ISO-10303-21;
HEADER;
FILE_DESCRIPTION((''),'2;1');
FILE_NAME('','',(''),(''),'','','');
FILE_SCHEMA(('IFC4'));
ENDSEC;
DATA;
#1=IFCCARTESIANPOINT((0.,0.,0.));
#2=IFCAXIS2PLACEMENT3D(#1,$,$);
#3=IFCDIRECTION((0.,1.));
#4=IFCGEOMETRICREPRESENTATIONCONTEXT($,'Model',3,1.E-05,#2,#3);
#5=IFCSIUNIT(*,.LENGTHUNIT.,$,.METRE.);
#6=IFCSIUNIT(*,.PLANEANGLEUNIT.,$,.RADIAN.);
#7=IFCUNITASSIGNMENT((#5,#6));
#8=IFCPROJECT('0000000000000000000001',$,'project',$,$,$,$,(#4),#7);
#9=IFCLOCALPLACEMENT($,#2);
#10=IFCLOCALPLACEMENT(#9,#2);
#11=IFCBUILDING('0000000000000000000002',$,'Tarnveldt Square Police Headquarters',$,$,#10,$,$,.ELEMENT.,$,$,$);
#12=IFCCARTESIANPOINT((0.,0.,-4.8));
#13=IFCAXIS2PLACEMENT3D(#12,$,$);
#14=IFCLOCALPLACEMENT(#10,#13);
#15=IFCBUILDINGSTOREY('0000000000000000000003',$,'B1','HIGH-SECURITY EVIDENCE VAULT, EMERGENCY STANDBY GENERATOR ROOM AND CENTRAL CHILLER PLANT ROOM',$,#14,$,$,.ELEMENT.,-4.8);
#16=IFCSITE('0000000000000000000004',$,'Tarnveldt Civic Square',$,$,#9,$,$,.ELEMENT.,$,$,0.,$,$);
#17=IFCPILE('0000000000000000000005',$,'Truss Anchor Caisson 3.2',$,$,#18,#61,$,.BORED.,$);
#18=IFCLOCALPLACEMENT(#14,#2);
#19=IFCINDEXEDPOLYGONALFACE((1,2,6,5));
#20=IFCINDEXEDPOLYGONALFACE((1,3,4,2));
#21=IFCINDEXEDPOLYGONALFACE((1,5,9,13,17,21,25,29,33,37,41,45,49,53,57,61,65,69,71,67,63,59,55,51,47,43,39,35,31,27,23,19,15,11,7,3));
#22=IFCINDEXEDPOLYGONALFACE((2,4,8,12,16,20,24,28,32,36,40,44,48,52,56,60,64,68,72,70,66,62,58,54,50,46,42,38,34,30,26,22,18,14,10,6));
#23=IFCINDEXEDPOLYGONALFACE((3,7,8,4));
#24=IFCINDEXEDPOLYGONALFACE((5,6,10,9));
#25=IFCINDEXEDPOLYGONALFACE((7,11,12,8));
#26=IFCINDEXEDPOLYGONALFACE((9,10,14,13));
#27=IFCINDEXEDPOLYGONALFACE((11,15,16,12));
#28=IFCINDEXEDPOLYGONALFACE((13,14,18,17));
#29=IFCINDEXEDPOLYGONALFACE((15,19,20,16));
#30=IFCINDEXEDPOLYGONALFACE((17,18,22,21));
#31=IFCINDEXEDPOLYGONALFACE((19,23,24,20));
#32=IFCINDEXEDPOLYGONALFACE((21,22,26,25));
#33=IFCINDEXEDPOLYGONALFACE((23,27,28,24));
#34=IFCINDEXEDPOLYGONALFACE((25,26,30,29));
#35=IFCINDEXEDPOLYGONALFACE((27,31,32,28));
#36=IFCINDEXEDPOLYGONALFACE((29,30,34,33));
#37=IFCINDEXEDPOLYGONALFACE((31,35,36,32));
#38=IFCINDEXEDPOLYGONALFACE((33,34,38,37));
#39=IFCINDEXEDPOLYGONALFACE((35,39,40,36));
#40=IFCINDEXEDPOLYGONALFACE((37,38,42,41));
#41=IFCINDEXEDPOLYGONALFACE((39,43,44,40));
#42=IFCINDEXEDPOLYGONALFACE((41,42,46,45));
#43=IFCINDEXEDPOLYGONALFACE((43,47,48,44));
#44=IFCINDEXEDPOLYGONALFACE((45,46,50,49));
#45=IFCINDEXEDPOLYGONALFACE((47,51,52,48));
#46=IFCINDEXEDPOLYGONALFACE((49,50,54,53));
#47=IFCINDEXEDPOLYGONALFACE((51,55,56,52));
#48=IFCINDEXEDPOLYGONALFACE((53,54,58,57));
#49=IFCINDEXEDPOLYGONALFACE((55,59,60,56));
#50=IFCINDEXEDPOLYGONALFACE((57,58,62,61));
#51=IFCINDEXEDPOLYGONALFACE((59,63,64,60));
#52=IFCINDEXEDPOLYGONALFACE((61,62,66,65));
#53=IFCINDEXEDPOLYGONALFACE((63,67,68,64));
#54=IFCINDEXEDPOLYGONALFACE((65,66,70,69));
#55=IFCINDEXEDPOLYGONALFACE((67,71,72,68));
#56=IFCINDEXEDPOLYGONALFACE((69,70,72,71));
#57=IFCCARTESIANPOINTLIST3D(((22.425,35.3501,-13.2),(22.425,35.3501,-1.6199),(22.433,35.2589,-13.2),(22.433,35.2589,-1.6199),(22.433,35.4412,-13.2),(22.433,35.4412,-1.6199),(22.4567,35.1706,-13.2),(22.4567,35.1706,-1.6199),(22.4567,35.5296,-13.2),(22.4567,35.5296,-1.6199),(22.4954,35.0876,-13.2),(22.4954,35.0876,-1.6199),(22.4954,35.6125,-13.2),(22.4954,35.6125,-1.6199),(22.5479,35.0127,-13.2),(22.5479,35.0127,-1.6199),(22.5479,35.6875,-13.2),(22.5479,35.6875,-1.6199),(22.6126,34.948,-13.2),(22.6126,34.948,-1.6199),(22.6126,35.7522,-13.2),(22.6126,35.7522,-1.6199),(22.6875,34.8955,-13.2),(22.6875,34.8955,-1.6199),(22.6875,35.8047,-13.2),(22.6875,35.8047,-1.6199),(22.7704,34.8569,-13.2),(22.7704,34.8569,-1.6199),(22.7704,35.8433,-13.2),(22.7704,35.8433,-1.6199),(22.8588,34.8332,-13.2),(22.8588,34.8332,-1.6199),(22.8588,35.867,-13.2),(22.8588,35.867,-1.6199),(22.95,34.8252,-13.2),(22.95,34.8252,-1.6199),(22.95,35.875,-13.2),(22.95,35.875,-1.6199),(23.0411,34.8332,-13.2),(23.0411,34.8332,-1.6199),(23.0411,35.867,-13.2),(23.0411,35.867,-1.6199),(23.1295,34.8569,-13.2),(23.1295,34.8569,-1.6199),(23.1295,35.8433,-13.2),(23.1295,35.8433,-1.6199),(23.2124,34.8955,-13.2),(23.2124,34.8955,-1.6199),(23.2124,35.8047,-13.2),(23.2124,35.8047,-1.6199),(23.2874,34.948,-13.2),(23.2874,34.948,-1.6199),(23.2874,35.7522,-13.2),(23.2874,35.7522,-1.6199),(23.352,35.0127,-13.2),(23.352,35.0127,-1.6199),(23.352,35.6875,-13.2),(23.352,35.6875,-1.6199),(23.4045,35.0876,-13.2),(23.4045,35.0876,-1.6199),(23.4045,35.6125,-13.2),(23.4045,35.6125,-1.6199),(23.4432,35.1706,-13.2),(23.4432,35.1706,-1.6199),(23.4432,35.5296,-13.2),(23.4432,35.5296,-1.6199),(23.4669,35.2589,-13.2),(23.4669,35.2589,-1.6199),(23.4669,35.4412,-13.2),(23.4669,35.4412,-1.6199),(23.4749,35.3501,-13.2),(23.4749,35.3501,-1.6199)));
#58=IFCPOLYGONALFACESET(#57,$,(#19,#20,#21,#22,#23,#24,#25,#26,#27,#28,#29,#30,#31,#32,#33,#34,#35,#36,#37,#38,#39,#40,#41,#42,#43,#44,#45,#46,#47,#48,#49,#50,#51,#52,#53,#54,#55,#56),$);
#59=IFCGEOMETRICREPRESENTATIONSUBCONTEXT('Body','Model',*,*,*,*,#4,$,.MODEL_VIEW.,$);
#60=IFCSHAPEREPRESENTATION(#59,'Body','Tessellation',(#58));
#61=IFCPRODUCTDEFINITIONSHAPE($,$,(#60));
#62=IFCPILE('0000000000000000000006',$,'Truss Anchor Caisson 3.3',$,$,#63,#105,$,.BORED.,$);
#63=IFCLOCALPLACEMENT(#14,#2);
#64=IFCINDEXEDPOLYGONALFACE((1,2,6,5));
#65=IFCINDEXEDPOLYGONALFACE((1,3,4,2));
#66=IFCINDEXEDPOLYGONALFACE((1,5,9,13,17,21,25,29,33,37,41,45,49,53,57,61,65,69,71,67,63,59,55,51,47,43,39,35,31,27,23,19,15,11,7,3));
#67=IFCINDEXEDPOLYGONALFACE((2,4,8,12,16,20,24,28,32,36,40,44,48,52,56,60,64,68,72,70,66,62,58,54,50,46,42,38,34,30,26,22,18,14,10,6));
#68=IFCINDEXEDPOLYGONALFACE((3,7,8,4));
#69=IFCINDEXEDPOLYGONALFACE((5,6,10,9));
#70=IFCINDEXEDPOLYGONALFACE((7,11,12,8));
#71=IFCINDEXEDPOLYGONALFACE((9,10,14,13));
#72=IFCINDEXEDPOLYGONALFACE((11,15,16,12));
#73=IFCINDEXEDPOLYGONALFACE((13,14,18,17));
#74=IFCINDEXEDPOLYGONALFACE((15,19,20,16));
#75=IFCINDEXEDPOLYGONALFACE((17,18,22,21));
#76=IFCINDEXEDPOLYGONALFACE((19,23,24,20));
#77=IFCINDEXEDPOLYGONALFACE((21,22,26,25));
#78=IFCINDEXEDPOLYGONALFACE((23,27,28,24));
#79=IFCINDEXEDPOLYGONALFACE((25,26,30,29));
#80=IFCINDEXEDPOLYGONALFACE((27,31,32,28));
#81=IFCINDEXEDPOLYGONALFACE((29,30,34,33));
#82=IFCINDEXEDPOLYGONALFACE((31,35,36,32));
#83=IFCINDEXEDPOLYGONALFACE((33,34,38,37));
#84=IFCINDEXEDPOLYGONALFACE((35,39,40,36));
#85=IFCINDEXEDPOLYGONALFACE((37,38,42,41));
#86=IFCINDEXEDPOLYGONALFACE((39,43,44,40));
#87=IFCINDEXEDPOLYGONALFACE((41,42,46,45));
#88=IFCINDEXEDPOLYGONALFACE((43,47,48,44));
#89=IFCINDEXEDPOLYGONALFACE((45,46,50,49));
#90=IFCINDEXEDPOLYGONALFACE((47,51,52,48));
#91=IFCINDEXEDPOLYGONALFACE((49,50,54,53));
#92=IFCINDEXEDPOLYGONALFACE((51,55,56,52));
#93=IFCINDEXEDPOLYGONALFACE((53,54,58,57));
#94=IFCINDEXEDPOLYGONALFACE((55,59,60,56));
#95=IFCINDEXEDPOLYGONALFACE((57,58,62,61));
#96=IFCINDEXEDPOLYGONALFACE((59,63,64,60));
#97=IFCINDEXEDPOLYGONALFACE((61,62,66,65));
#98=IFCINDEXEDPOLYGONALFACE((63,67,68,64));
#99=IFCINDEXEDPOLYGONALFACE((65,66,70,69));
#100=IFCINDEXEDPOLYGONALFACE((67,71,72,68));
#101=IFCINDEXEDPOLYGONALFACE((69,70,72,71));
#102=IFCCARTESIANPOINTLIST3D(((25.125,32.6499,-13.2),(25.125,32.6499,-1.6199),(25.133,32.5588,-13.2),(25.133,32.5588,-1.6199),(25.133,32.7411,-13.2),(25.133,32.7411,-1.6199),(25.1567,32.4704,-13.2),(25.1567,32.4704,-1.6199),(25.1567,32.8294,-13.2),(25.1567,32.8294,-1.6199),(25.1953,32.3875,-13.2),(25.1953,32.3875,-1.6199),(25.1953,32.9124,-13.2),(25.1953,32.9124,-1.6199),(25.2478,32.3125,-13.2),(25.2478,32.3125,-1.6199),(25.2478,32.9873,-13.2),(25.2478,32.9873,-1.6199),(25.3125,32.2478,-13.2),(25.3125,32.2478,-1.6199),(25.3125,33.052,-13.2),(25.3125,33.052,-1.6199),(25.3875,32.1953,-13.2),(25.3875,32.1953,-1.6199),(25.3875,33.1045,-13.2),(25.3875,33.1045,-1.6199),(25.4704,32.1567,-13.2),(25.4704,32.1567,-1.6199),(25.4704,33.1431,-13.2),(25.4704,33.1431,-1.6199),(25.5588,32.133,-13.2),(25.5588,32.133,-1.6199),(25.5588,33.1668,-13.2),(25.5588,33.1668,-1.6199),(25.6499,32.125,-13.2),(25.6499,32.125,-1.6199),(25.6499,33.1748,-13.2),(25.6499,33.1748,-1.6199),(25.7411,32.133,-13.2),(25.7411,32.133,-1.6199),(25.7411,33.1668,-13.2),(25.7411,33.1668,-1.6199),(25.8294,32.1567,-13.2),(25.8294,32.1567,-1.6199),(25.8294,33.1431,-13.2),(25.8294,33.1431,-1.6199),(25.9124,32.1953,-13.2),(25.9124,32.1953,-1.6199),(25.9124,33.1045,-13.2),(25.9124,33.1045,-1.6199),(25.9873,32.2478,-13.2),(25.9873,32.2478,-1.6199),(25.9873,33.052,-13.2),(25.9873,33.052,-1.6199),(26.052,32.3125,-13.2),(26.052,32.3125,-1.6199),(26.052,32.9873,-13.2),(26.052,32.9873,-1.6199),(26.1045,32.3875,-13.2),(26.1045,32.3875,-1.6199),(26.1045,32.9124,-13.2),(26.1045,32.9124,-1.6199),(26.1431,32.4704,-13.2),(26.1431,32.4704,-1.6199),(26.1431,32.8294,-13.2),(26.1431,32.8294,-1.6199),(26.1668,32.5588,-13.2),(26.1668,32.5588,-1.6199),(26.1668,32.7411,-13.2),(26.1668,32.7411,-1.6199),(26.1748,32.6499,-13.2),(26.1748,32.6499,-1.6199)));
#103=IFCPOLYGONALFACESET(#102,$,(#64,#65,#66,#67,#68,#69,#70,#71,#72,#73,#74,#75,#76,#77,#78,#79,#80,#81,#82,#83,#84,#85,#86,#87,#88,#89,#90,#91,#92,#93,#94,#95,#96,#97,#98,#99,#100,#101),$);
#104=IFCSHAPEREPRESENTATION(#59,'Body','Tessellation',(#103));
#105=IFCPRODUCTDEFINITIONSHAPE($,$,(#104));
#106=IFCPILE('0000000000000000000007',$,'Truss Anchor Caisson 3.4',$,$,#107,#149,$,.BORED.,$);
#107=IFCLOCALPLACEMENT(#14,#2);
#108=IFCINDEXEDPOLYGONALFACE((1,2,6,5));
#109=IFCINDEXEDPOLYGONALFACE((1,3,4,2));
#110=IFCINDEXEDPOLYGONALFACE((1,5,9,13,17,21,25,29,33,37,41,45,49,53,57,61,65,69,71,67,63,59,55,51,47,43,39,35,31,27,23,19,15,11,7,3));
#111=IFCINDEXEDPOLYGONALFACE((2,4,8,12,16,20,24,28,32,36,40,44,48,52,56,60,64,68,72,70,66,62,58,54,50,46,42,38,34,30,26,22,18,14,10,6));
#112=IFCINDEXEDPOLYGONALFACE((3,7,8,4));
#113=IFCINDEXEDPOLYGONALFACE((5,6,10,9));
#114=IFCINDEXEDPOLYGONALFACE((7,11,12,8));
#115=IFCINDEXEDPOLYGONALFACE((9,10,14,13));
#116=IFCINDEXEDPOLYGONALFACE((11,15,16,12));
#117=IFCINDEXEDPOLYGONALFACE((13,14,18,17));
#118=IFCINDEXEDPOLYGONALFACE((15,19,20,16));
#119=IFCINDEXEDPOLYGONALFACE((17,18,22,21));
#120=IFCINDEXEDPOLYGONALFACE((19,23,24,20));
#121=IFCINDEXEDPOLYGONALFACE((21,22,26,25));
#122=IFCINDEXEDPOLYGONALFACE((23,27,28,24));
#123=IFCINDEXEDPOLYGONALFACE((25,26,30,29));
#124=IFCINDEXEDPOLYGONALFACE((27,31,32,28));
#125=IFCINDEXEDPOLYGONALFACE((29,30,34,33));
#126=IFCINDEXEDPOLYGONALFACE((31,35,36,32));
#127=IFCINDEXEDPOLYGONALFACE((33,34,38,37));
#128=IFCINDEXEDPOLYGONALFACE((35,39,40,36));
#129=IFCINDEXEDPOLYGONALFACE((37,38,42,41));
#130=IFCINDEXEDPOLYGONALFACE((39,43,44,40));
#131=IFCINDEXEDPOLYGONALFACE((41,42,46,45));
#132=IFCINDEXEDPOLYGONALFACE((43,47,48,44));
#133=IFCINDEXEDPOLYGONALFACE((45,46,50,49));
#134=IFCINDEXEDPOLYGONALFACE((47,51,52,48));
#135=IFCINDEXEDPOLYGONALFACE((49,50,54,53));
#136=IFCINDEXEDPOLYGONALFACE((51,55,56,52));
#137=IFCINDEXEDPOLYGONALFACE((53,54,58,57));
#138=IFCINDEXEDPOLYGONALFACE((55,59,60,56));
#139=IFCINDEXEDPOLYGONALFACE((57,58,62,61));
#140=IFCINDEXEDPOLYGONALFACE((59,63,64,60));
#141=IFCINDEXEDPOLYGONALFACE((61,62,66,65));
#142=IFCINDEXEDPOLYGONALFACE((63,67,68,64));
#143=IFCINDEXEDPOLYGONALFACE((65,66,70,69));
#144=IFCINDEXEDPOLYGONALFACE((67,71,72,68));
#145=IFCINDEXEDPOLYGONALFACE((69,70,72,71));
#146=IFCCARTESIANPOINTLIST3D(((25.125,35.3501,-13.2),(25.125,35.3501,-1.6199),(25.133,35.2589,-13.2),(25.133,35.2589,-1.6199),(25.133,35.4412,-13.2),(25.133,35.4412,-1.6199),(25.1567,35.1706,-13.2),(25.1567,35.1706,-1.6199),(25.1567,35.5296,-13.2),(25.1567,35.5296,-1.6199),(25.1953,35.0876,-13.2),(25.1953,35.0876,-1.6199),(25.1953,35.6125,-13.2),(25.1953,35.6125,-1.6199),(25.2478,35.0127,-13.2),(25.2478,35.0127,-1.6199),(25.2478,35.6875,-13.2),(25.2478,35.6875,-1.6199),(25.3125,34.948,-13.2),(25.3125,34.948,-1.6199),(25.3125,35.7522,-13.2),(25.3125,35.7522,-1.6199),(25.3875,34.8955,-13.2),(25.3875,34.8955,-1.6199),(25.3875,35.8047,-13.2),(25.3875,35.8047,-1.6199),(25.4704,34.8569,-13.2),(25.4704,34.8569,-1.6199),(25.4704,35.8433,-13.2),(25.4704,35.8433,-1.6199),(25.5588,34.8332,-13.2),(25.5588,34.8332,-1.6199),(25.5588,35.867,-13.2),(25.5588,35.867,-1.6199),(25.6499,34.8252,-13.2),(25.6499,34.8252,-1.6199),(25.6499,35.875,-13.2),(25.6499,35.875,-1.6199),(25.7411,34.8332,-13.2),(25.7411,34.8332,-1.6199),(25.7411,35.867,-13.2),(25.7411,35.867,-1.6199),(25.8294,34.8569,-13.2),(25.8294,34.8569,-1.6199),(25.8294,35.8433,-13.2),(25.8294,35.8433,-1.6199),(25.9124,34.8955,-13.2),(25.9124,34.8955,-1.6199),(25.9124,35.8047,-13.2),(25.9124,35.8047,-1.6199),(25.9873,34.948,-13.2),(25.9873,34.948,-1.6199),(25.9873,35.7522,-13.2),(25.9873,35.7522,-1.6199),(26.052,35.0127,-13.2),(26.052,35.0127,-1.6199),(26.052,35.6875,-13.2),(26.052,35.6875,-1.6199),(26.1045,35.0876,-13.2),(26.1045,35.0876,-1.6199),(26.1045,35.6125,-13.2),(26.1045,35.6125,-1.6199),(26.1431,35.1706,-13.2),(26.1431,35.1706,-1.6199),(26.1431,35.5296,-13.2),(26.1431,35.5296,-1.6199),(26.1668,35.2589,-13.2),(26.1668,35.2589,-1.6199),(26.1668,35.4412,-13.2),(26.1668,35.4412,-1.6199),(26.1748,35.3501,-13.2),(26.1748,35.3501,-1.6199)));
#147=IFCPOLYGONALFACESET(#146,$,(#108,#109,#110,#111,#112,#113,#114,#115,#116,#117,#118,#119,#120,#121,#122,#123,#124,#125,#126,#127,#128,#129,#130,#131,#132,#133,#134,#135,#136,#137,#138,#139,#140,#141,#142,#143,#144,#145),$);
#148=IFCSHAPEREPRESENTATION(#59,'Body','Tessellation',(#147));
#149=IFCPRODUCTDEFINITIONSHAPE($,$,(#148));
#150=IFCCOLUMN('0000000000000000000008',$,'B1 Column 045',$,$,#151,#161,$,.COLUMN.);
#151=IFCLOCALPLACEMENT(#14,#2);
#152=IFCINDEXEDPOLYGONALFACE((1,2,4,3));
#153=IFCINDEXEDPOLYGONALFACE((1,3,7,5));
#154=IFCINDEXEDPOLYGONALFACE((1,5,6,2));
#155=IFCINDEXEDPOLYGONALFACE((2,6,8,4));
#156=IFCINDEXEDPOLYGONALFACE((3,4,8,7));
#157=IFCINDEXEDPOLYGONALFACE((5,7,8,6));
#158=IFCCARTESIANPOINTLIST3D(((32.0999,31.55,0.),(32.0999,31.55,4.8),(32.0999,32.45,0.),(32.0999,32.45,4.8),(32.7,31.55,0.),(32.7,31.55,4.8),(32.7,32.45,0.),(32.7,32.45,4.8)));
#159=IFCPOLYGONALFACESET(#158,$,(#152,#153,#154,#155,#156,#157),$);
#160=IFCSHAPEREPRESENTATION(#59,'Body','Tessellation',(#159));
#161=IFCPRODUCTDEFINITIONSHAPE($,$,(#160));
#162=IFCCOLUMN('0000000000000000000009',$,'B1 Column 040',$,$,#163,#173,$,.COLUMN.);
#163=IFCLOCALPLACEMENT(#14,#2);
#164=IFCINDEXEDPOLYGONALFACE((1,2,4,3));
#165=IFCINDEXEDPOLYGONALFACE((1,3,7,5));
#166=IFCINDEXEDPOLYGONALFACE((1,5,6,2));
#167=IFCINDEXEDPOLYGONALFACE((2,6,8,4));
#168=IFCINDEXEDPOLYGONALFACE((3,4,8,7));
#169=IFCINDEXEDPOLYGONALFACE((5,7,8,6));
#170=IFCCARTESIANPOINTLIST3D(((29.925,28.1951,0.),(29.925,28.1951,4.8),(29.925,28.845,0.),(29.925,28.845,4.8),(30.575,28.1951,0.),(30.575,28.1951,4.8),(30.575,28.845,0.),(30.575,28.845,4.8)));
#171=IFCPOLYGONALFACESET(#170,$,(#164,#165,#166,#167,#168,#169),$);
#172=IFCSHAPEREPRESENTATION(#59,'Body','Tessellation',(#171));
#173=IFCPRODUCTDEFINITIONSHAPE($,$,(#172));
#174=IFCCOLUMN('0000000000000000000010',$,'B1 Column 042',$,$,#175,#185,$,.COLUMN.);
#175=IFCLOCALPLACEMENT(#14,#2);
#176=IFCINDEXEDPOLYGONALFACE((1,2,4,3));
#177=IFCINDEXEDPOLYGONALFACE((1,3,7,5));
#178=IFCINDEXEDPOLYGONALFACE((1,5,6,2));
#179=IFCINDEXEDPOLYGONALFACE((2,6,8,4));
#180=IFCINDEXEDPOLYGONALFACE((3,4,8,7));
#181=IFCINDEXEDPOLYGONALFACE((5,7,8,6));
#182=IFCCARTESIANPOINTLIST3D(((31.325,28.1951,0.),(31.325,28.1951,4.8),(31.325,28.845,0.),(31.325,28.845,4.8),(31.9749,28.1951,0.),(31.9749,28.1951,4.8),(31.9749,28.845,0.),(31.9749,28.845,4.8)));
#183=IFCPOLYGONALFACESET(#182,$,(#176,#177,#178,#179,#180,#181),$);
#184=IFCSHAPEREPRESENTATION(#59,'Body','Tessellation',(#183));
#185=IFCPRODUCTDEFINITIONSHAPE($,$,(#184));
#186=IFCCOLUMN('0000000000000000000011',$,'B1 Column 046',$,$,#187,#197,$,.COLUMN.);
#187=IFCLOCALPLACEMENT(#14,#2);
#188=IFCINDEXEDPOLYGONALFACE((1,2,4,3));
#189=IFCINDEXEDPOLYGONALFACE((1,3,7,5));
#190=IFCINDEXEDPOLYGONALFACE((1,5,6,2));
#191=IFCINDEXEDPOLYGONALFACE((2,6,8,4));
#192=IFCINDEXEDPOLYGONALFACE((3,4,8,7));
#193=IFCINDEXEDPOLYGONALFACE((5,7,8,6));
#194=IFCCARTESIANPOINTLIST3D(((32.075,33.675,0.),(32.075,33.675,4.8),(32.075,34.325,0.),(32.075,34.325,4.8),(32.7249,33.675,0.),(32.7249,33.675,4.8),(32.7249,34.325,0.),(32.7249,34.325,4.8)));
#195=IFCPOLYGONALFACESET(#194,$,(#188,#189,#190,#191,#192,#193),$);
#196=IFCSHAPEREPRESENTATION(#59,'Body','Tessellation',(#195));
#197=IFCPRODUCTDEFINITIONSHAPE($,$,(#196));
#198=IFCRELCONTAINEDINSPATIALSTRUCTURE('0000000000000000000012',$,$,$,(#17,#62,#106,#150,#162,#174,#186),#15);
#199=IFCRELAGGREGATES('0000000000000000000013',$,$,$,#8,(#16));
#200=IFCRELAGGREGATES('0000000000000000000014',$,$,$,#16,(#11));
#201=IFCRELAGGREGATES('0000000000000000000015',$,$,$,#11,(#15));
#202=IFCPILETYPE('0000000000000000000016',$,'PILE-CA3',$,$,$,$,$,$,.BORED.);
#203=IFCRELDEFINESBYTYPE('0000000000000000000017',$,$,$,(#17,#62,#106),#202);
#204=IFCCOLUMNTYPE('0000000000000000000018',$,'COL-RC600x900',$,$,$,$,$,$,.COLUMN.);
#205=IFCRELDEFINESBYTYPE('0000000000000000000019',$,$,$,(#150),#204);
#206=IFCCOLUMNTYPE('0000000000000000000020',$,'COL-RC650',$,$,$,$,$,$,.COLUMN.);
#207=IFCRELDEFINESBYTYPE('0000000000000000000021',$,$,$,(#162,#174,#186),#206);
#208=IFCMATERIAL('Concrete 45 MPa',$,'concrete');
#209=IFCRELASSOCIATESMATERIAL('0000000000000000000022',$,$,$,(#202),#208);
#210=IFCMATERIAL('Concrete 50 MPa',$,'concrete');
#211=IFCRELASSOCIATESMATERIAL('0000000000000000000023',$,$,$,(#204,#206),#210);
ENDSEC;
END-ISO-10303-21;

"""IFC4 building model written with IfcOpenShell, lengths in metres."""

from ifc_helpers import new_model, si_unit, direction, frame, origin, origin_2d, place, context, subcontext, project, spatial, rectangle, circle, extrude, material, material_profile, profile_set, type_object, element, save


model = new_model("IFC4")

# Units and contexts
model_context = context("Model", 3, precision=1e-05, world=origin(), true_north=direction((0.0, 1.0)))
body_context = subcontext(model_context, "Body", "Model", "MODEL_VIEW")
ifc_project = project(units=[si_unit("LENGTHUNIT", "METRE"), si_unit("PLANEANGLEUNIT", "RADIAN")], contexts=[model_context])

# Site, building, storey
site_placement = place(None, origin())
site = spatial("IfcSite", under=ifc_project, at=site_placement, Name="Tarnveldt Civic Square", CompositionType="ELEMENT", RefElevation=0.0)
building_placement = place(site_placement, origin())
building = spatial("IfcBuilding", under=site, at=building_placement, Name="Tarnveldt Square Police Headquarters", CompositionType="ELEMENT")
storey_placement = place(building_placement, frame((0.0, 0.0, -4.8)))
storey = spatial("IfcBuildingStorey", under=building, at=storey_placement, Name="B1", Description="HIGH-SECURITY EVIDENCE VAULT, EMERGENCY STANDBY GENERATOR ROOM AND CENTRAL CHILLER PLANT ROOM", CompositionType="ELEMENT", Elevation=-4.8)

# Shared definitions
ifc_material_1 = material(Name="Concrete 45 MPa", Category="concrete")

# Piles
ifc_material_profile_1 = material_profile(ifc_material_1, circle(Radius=0.5249, at=origin_2d()), Name="CAISSON-D1050")
ifc_profile_set_1 = profile_set([ifc_material_profile_1], Name="Concrete 45 MPa")
pile_type_1 = type_object("IfcPileType", Name="PILE-CA3", PredefinedType="BORED", material=ifc_profile_set_1)
for number, where, z_axis, x_axis, name in (
    (1, (22.95, 35.3501, -1.6199), (0.0, 0.0, -1.0), (1.0, 0.0, 0.0), "Truss Anchor Caisson 3.2"),
    (2, (25.6499, 32.6499, -1.6199), (0.0, 0.0, -1.0), (1.0, 0.0, 0.0), "Truss Anchor Caisson 3.3"),
    (3, (25.6499, 35.3501, -1.6199), (0.0, 0.0, -1.0), (1.0, 0.0, 0.0), "Truss Anchor Caisson 3.4"),
):
    element("IfcPile", number, at=place(storey_placement, frame(where, z_axis=z_axis, x_axis=x_axis)), inside=storey, type_object=pile_type_1, Name=name, PredefinedType="BORED", context=body_context, shape_type="SweptSolid", body=[
        extrude(circle(Radius=0.5249, at=origin_2d()), origin(), (0.0, 0.0, 1.0), 11.5801),
    ])

# Columns
ifc_material_2 = material(Name="Concrete 50 MPa", Category="concrete")
ifc_material_profile_2 = material_profile(ifc_material_2, rectangle(XDim=0.6001, YDim=0.8999, at=origin_2d()), Name="RC-C600x900")
ifc_profile_set_2 = profile_set([ifc_material_profile_2], Name="Concrete 50 MPa")
column_type_1 = type_object("IfcColumnType", Name="COL-RC600x900", PredefinedType="COLUMN", material=ifc_profile_set_2)
column_1_placement = place(storey_placement, frame((32.3999, 32.0, 0.0), z_axis=(0.0, 0.0, 1.0), x_axis=(1.0, 0.0, 0.0)))
element("IfcColumn", 4, at=column_1_placement, inside=storey, type_object=column_type_1, Name="B1 Column 045", PredefinedType="COLUMN", context=body_context, shape_type="SweptSolid", body=[
    extrude(rectangle(XDim=0.6001, YDim=0.8999, at=origin_2d()), origin(), (0.0, 0.0, 1.0), 4.8),
])
ifc_material_profile_3 = material_profile(ifc_material_2, rectangle(XDim=0.6499, YDim=0.6499, at=origin_2d()), Name="RC-C650x650")
ifc_profile_set_3 = profile_set([ifc_material_profile_3], Name="Concrete 50 MPa")
column_type_2 = type_object("IfcColumnType", Name="COL-RC650", PredefinedType="COLUMN", material=ifc_profile_set_3)
for number, where, z_axis, x_axis, name in (
    (5, (30.25, 28.52, 0.0), (0.0, 0.0, 1.0), (1.0, 0.0, 0.0), "B1 Column 040"),
    (6, (31.6499, 28.52, 0.0), (0.0, 0.0, 1.0), (1.0, 0.0, 0.0), "B1 Column 042"),
    (7, (32.3999, 34.0, 0.0), (0.0, 0.0, 1.0), (1.0, 0.0, 0.0), "B1 Column 046"),
):
    element("IfcColumn", number, at=place(storey_placement, frame(where, z_axis=z_axis, x_axis=x_axis)), inside=storey, type_object=column_type_2, Name=name, PredefinedType="COLUMN", context=body_context, shape_type="SweptSolid", body=[
        extrude(rectangle(XDim=0.6499, YDim=0.6499, at=origin_2d()), origin(), (0.0, 0.0, 1.0), 4.8),
    ])

save(model, "model.ifc")
